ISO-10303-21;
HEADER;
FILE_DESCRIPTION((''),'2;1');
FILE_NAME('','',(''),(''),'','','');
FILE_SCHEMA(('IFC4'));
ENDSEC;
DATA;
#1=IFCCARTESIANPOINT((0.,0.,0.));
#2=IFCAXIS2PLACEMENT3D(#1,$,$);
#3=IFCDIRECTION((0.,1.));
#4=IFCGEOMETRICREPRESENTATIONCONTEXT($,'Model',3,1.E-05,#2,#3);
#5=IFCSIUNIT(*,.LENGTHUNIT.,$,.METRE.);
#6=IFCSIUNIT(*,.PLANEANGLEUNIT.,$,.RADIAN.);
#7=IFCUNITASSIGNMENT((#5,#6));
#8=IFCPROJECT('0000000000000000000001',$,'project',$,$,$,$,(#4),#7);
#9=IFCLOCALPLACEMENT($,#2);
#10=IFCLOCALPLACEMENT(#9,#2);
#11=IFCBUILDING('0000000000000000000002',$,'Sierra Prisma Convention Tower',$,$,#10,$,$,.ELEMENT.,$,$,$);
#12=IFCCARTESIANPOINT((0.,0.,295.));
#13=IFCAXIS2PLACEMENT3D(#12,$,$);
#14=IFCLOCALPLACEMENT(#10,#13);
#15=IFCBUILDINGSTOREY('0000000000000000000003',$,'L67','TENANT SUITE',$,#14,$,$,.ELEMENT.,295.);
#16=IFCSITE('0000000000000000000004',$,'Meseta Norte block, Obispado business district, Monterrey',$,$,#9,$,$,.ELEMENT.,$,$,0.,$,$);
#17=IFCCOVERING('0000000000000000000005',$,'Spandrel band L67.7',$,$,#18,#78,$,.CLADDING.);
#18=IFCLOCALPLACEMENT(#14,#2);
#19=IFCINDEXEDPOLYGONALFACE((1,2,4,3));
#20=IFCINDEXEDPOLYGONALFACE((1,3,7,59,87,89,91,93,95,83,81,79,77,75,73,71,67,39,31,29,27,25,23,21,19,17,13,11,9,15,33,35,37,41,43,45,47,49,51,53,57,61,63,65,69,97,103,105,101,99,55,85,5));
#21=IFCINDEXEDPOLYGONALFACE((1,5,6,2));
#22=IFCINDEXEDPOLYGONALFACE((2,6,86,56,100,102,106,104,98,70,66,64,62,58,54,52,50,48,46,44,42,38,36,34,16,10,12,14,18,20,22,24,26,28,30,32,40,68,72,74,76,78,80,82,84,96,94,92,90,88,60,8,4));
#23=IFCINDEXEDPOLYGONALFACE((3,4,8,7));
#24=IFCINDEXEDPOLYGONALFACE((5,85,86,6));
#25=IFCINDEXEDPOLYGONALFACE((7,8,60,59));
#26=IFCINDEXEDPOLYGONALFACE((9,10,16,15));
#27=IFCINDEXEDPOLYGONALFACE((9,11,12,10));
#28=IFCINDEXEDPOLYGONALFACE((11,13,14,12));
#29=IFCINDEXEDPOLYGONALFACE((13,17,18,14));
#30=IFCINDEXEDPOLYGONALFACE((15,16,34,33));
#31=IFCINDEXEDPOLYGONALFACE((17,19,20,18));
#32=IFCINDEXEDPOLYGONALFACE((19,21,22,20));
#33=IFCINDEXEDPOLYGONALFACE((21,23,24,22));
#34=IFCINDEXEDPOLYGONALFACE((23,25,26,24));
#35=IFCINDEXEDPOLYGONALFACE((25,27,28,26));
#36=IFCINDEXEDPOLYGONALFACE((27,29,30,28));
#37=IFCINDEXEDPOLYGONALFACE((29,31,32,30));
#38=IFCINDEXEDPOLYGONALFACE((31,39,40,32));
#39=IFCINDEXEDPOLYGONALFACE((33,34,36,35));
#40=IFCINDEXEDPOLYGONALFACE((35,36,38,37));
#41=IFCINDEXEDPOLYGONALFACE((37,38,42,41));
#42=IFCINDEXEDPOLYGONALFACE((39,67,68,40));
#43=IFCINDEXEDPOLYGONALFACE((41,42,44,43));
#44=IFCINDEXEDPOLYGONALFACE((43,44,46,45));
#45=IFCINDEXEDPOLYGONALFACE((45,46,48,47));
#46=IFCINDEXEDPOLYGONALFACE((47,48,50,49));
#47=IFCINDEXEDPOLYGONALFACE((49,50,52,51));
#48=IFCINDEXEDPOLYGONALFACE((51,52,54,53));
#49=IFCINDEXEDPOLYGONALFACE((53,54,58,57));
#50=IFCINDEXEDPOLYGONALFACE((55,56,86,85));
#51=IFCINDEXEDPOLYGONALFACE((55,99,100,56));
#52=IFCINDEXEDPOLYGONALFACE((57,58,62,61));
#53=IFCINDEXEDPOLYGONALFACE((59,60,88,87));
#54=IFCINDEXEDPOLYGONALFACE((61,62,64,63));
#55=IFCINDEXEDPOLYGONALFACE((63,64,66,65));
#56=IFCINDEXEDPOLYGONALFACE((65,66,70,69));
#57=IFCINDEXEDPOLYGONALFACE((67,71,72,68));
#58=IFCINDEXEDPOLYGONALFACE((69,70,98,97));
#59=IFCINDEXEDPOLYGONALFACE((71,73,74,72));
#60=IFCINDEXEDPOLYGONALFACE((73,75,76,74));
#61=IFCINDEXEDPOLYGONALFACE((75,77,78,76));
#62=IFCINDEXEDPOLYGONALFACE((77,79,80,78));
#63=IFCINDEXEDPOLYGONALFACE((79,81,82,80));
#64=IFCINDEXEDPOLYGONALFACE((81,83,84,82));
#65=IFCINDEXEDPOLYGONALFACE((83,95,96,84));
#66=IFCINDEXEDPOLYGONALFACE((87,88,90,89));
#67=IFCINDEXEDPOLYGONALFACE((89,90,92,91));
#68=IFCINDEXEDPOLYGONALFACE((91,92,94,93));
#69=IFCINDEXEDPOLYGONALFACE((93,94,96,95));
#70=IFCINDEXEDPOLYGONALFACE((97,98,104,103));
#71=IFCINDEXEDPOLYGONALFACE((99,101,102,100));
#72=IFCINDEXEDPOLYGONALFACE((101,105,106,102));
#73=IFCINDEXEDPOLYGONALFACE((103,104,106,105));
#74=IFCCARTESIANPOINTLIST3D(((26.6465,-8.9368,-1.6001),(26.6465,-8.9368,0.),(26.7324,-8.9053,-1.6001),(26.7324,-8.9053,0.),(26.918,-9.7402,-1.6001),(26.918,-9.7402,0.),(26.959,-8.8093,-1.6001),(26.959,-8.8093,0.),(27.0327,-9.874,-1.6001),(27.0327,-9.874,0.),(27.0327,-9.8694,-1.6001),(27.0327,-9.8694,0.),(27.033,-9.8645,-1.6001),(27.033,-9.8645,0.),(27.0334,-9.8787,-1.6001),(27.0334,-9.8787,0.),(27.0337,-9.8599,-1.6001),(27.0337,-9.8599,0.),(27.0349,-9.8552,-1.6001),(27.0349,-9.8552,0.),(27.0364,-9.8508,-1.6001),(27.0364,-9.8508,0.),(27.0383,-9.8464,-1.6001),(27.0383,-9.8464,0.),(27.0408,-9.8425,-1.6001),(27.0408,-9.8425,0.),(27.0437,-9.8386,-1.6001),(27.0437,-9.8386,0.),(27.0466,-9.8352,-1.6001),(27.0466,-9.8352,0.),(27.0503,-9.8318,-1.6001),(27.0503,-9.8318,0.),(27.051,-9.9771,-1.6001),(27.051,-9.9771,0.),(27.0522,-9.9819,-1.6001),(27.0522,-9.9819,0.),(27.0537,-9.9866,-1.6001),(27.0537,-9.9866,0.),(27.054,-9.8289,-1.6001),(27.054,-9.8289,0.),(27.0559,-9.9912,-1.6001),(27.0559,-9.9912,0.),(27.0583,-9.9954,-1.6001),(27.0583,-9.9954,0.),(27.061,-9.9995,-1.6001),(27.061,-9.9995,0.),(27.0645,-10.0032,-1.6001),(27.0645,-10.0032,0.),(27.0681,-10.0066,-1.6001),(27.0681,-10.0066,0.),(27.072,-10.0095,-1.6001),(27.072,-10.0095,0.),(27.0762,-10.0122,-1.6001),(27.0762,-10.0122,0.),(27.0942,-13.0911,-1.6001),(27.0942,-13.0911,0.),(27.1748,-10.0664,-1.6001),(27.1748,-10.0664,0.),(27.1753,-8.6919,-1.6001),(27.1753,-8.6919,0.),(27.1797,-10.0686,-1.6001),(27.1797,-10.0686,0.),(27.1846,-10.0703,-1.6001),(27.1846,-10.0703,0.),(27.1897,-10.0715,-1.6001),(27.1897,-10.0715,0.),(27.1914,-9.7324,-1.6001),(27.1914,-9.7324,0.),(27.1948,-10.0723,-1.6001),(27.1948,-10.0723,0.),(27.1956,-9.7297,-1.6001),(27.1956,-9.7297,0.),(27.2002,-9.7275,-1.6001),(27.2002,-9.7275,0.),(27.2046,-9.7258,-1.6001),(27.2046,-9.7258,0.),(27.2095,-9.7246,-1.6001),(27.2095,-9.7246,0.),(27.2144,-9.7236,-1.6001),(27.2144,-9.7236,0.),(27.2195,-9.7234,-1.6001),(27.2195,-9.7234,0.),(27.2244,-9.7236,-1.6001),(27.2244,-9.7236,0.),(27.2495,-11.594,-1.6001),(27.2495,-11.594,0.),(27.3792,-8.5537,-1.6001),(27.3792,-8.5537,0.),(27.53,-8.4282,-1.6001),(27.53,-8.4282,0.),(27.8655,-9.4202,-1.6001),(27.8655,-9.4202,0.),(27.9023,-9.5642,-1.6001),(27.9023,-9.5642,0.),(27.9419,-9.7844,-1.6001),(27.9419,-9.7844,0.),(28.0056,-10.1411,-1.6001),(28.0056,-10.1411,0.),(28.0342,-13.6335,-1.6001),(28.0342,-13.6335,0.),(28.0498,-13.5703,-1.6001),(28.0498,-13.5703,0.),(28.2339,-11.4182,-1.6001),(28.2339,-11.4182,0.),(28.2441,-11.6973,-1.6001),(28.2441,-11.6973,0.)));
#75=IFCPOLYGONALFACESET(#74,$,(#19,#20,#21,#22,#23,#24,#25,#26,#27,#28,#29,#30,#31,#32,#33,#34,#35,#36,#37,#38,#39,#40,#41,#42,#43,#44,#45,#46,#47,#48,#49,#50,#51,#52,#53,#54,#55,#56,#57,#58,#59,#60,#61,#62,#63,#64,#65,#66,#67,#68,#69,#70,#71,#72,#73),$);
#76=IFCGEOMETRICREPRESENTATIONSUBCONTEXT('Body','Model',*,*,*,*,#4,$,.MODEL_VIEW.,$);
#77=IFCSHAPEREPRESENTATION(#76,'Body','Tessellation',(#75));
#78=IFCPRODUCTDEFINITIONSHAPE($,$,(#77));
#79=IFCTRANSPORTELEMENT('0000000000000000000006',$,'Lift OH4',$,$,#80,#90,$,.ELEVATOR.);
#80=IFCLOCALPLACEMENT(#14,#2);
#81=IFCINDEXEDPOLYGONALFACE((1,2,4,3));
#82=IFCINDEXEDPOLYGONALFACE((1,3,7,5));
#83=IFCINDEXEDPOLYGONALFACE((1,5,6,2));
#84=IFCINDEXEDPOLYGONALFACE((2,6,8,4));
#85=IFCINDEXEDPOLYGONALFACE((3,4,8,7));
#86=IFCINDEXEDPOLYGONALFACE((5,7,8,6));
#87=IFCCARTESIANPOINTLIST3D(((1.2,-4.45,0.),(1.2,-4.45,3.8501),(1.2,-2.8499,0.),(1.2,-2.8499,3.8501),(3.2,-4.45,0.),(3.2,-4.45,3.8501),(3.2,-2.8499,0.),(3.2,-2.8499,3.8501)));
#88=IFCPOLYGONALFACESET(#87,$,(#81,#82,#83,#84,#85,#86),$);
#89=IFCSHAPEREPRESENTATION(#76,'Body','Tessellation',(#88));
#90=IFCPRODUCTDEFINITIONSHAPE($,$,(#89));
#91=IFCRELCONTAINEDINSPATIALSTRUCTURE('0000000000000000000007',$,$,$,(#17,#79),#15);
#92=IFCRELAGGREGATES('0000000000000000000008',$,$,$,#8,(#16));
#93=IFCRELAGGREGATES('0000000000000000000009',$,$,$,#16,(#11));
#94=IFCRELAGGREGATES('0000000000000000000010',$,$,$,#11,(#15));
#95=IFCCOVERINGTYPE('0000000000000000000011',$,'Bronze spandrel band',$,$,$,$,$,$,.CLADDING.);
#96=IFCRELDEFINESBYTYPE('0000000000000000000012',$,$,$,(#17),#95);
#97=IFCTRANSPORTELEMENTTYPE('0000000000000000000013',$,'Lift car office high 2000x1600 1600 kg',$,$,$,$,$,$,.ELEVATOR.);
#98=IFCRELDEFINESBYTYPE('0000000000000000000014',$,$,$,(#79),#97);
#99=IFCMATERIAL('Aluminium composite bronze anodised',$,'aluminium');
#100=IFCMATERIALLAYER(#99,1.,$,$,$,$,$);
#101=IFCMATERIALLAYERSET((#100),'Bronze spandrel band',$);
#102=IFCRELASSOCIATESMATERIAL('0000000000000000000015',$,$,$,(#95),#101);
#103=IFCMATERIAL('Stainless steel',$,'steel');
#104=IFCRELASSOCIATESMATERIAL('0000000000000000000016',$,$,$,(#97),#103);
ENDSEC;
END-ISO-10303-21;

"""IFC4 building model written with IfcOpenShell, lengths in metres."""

from ifc_helpers import new_model, si_unit, direction, frame, origin, origin_2d, place, context, subcontext, project, spatial, polyline, rectangle, outline, extrude, material, layer, layer_set, type_object, element, save


model = new_model("IFC4")

# Units and contexts
model_context = context("Model", 3, precision=1e-05, world=origin(), true_north=direction((0.0, 1.0)))
body_context = subcontext(model_context, "Body", "Model", "MODEL_VIEW")
ifc_project = project(units=[si_unit("LENGTHUNIT", "METRE"), si_unit("PLANEANGLEUNIT", "RADIAN")], contexts=[model_context])

# Site, building, storey
site_placement = place(None, origin())
site = spatial("IfcSite", under=ifc_project, at=site_placement, Name="Meseta Norte block, Obispado business district, Monterrey", CompositionType="ELEMENT", RefElevation=0.0)
building_placement = place(site_placement, origin())
building = spatial("IfcBuilding", under=site, at=building_placement, Name="Sierra Prisma Convention Tower", CompositionType="ELEMENT")
storey_placement = place(building_placement, frame((0.0, 0.0, 295.0)))
storey = spatial("IfcBuildingStorey", under=building, at=storey_placement, Name="L67", Description="TENANT SUITE", CompositionType="ELEMENT", Elevation=295.0)

# Covering
ifc_material_1 = material(Name="Aluminium composite bronze anodised", Category="aluminium")
ifc_layer_1 = layer(ifc_material_1, 1.0)
ifc_layer_set_1 = layer_set([ifc_layer_1], Name="Bronze spandrel band")
covering_type = type_object("IfcCoveringType", Name="Bronze spandrel band", PredefinedType="CLADDING", material=ifc_layer_set_1)
covering_1_placement = place(storey_placement, frame((0.0, 0.0, -1.6001)))
element("IfcCovering", 1, at=covering_1_placement, inside=storey, type_object=covering_type, Name="Spandrel band L67.7", PredefinedType="CLADDING", context=body_context, shape_type="SweptSolid", body=[
    extrude(outline(polyline([(27.2195, -9.7234), (27.2144, -9.7236), (27.2095, -9.7246), (27.2046, -9.7258), (27.2002, -9.7275), (27.1956, -9.7297), (27.1914, -9.7324), (27.054, -9.8289), (27.0503, -9.8318), (27.0466, -9.8352), (27.0437, -9.8386), (27.0408, -9.8425), (27.0383, -9.8464), (27.0364, -9.8508), (27.0349, -9.8552), (27.0337, -9.8599), (27.033, -9.8645), (27.0327, -9.8694), (27.0327, -9.874), (27.0334, -9.8787), (27.051, -9.9771), (27.0522, -9.9819), (27.0537, -9.9866), (27.0559, -9.9912), (27.0583, -9.9954), (27.061, -9.9995), (27.0645, -10.0032), (27.0681, -10.0066), (27.072, -10.0095), (27.0762, -10.0122), (27.1748, -10.0664), (27.1797, -10.0686), (27.1846, -10.0703), (27.1897, -10.0715), (27.1948, -10.0723), (28.0056, -10.1411), (28.2339, -11.4182), (28.2441, -11.6973), (28.0498, -13.5703), (28.0342, -13.6335), (27.0942, -13.0911), (27.2495, -11.594), (26.918, -9.7402), (26.6465, -8.9368), (26.7324, -8.9053), (26.959, -8.8093), (27.1753, -8.6919), (27.3792, -8.5537), (27.53, -8.4282), (27.8655, -9.4202), (27.9023, -9.5642), (27.9419, -9.7844), (27.2244, -9.7236), (27.2195, -9.7234)])), origin(), (0.0, 0.0, 1.0), 1.6001),
])

# Transport element
ifc_material_2 = material(Name="Stainless steel", Category="steel")
transport_element_type = type_object("IfcTransportElementType", Name="Lift car office high 2000x1600 1600 kg", PredefinedType="ELEVATOR", material=ifc_material_2)
transport_element_placement = place(storey_placement, frame((2.2, -3.6499, 0.0), z_axis=(0.0, 0.0, 1.0), x_axis=(1.0, 0.0, 0.0)))
element("IfcTransportElement", 2, at=transport_element_placement, inside=storey, type_object=transport_element_type, Name="Lift OH4", PredefinedType="ELEVATOR", context=body_context, shape_type="SweptSolid", body=[
    extrude(rectangle(XDim=2.0, YDim=1.6001, at=origin_2d()), origin(), (0.0, 0.0, 1.0), 3.8501),
])

save(model, "model.ifc")
